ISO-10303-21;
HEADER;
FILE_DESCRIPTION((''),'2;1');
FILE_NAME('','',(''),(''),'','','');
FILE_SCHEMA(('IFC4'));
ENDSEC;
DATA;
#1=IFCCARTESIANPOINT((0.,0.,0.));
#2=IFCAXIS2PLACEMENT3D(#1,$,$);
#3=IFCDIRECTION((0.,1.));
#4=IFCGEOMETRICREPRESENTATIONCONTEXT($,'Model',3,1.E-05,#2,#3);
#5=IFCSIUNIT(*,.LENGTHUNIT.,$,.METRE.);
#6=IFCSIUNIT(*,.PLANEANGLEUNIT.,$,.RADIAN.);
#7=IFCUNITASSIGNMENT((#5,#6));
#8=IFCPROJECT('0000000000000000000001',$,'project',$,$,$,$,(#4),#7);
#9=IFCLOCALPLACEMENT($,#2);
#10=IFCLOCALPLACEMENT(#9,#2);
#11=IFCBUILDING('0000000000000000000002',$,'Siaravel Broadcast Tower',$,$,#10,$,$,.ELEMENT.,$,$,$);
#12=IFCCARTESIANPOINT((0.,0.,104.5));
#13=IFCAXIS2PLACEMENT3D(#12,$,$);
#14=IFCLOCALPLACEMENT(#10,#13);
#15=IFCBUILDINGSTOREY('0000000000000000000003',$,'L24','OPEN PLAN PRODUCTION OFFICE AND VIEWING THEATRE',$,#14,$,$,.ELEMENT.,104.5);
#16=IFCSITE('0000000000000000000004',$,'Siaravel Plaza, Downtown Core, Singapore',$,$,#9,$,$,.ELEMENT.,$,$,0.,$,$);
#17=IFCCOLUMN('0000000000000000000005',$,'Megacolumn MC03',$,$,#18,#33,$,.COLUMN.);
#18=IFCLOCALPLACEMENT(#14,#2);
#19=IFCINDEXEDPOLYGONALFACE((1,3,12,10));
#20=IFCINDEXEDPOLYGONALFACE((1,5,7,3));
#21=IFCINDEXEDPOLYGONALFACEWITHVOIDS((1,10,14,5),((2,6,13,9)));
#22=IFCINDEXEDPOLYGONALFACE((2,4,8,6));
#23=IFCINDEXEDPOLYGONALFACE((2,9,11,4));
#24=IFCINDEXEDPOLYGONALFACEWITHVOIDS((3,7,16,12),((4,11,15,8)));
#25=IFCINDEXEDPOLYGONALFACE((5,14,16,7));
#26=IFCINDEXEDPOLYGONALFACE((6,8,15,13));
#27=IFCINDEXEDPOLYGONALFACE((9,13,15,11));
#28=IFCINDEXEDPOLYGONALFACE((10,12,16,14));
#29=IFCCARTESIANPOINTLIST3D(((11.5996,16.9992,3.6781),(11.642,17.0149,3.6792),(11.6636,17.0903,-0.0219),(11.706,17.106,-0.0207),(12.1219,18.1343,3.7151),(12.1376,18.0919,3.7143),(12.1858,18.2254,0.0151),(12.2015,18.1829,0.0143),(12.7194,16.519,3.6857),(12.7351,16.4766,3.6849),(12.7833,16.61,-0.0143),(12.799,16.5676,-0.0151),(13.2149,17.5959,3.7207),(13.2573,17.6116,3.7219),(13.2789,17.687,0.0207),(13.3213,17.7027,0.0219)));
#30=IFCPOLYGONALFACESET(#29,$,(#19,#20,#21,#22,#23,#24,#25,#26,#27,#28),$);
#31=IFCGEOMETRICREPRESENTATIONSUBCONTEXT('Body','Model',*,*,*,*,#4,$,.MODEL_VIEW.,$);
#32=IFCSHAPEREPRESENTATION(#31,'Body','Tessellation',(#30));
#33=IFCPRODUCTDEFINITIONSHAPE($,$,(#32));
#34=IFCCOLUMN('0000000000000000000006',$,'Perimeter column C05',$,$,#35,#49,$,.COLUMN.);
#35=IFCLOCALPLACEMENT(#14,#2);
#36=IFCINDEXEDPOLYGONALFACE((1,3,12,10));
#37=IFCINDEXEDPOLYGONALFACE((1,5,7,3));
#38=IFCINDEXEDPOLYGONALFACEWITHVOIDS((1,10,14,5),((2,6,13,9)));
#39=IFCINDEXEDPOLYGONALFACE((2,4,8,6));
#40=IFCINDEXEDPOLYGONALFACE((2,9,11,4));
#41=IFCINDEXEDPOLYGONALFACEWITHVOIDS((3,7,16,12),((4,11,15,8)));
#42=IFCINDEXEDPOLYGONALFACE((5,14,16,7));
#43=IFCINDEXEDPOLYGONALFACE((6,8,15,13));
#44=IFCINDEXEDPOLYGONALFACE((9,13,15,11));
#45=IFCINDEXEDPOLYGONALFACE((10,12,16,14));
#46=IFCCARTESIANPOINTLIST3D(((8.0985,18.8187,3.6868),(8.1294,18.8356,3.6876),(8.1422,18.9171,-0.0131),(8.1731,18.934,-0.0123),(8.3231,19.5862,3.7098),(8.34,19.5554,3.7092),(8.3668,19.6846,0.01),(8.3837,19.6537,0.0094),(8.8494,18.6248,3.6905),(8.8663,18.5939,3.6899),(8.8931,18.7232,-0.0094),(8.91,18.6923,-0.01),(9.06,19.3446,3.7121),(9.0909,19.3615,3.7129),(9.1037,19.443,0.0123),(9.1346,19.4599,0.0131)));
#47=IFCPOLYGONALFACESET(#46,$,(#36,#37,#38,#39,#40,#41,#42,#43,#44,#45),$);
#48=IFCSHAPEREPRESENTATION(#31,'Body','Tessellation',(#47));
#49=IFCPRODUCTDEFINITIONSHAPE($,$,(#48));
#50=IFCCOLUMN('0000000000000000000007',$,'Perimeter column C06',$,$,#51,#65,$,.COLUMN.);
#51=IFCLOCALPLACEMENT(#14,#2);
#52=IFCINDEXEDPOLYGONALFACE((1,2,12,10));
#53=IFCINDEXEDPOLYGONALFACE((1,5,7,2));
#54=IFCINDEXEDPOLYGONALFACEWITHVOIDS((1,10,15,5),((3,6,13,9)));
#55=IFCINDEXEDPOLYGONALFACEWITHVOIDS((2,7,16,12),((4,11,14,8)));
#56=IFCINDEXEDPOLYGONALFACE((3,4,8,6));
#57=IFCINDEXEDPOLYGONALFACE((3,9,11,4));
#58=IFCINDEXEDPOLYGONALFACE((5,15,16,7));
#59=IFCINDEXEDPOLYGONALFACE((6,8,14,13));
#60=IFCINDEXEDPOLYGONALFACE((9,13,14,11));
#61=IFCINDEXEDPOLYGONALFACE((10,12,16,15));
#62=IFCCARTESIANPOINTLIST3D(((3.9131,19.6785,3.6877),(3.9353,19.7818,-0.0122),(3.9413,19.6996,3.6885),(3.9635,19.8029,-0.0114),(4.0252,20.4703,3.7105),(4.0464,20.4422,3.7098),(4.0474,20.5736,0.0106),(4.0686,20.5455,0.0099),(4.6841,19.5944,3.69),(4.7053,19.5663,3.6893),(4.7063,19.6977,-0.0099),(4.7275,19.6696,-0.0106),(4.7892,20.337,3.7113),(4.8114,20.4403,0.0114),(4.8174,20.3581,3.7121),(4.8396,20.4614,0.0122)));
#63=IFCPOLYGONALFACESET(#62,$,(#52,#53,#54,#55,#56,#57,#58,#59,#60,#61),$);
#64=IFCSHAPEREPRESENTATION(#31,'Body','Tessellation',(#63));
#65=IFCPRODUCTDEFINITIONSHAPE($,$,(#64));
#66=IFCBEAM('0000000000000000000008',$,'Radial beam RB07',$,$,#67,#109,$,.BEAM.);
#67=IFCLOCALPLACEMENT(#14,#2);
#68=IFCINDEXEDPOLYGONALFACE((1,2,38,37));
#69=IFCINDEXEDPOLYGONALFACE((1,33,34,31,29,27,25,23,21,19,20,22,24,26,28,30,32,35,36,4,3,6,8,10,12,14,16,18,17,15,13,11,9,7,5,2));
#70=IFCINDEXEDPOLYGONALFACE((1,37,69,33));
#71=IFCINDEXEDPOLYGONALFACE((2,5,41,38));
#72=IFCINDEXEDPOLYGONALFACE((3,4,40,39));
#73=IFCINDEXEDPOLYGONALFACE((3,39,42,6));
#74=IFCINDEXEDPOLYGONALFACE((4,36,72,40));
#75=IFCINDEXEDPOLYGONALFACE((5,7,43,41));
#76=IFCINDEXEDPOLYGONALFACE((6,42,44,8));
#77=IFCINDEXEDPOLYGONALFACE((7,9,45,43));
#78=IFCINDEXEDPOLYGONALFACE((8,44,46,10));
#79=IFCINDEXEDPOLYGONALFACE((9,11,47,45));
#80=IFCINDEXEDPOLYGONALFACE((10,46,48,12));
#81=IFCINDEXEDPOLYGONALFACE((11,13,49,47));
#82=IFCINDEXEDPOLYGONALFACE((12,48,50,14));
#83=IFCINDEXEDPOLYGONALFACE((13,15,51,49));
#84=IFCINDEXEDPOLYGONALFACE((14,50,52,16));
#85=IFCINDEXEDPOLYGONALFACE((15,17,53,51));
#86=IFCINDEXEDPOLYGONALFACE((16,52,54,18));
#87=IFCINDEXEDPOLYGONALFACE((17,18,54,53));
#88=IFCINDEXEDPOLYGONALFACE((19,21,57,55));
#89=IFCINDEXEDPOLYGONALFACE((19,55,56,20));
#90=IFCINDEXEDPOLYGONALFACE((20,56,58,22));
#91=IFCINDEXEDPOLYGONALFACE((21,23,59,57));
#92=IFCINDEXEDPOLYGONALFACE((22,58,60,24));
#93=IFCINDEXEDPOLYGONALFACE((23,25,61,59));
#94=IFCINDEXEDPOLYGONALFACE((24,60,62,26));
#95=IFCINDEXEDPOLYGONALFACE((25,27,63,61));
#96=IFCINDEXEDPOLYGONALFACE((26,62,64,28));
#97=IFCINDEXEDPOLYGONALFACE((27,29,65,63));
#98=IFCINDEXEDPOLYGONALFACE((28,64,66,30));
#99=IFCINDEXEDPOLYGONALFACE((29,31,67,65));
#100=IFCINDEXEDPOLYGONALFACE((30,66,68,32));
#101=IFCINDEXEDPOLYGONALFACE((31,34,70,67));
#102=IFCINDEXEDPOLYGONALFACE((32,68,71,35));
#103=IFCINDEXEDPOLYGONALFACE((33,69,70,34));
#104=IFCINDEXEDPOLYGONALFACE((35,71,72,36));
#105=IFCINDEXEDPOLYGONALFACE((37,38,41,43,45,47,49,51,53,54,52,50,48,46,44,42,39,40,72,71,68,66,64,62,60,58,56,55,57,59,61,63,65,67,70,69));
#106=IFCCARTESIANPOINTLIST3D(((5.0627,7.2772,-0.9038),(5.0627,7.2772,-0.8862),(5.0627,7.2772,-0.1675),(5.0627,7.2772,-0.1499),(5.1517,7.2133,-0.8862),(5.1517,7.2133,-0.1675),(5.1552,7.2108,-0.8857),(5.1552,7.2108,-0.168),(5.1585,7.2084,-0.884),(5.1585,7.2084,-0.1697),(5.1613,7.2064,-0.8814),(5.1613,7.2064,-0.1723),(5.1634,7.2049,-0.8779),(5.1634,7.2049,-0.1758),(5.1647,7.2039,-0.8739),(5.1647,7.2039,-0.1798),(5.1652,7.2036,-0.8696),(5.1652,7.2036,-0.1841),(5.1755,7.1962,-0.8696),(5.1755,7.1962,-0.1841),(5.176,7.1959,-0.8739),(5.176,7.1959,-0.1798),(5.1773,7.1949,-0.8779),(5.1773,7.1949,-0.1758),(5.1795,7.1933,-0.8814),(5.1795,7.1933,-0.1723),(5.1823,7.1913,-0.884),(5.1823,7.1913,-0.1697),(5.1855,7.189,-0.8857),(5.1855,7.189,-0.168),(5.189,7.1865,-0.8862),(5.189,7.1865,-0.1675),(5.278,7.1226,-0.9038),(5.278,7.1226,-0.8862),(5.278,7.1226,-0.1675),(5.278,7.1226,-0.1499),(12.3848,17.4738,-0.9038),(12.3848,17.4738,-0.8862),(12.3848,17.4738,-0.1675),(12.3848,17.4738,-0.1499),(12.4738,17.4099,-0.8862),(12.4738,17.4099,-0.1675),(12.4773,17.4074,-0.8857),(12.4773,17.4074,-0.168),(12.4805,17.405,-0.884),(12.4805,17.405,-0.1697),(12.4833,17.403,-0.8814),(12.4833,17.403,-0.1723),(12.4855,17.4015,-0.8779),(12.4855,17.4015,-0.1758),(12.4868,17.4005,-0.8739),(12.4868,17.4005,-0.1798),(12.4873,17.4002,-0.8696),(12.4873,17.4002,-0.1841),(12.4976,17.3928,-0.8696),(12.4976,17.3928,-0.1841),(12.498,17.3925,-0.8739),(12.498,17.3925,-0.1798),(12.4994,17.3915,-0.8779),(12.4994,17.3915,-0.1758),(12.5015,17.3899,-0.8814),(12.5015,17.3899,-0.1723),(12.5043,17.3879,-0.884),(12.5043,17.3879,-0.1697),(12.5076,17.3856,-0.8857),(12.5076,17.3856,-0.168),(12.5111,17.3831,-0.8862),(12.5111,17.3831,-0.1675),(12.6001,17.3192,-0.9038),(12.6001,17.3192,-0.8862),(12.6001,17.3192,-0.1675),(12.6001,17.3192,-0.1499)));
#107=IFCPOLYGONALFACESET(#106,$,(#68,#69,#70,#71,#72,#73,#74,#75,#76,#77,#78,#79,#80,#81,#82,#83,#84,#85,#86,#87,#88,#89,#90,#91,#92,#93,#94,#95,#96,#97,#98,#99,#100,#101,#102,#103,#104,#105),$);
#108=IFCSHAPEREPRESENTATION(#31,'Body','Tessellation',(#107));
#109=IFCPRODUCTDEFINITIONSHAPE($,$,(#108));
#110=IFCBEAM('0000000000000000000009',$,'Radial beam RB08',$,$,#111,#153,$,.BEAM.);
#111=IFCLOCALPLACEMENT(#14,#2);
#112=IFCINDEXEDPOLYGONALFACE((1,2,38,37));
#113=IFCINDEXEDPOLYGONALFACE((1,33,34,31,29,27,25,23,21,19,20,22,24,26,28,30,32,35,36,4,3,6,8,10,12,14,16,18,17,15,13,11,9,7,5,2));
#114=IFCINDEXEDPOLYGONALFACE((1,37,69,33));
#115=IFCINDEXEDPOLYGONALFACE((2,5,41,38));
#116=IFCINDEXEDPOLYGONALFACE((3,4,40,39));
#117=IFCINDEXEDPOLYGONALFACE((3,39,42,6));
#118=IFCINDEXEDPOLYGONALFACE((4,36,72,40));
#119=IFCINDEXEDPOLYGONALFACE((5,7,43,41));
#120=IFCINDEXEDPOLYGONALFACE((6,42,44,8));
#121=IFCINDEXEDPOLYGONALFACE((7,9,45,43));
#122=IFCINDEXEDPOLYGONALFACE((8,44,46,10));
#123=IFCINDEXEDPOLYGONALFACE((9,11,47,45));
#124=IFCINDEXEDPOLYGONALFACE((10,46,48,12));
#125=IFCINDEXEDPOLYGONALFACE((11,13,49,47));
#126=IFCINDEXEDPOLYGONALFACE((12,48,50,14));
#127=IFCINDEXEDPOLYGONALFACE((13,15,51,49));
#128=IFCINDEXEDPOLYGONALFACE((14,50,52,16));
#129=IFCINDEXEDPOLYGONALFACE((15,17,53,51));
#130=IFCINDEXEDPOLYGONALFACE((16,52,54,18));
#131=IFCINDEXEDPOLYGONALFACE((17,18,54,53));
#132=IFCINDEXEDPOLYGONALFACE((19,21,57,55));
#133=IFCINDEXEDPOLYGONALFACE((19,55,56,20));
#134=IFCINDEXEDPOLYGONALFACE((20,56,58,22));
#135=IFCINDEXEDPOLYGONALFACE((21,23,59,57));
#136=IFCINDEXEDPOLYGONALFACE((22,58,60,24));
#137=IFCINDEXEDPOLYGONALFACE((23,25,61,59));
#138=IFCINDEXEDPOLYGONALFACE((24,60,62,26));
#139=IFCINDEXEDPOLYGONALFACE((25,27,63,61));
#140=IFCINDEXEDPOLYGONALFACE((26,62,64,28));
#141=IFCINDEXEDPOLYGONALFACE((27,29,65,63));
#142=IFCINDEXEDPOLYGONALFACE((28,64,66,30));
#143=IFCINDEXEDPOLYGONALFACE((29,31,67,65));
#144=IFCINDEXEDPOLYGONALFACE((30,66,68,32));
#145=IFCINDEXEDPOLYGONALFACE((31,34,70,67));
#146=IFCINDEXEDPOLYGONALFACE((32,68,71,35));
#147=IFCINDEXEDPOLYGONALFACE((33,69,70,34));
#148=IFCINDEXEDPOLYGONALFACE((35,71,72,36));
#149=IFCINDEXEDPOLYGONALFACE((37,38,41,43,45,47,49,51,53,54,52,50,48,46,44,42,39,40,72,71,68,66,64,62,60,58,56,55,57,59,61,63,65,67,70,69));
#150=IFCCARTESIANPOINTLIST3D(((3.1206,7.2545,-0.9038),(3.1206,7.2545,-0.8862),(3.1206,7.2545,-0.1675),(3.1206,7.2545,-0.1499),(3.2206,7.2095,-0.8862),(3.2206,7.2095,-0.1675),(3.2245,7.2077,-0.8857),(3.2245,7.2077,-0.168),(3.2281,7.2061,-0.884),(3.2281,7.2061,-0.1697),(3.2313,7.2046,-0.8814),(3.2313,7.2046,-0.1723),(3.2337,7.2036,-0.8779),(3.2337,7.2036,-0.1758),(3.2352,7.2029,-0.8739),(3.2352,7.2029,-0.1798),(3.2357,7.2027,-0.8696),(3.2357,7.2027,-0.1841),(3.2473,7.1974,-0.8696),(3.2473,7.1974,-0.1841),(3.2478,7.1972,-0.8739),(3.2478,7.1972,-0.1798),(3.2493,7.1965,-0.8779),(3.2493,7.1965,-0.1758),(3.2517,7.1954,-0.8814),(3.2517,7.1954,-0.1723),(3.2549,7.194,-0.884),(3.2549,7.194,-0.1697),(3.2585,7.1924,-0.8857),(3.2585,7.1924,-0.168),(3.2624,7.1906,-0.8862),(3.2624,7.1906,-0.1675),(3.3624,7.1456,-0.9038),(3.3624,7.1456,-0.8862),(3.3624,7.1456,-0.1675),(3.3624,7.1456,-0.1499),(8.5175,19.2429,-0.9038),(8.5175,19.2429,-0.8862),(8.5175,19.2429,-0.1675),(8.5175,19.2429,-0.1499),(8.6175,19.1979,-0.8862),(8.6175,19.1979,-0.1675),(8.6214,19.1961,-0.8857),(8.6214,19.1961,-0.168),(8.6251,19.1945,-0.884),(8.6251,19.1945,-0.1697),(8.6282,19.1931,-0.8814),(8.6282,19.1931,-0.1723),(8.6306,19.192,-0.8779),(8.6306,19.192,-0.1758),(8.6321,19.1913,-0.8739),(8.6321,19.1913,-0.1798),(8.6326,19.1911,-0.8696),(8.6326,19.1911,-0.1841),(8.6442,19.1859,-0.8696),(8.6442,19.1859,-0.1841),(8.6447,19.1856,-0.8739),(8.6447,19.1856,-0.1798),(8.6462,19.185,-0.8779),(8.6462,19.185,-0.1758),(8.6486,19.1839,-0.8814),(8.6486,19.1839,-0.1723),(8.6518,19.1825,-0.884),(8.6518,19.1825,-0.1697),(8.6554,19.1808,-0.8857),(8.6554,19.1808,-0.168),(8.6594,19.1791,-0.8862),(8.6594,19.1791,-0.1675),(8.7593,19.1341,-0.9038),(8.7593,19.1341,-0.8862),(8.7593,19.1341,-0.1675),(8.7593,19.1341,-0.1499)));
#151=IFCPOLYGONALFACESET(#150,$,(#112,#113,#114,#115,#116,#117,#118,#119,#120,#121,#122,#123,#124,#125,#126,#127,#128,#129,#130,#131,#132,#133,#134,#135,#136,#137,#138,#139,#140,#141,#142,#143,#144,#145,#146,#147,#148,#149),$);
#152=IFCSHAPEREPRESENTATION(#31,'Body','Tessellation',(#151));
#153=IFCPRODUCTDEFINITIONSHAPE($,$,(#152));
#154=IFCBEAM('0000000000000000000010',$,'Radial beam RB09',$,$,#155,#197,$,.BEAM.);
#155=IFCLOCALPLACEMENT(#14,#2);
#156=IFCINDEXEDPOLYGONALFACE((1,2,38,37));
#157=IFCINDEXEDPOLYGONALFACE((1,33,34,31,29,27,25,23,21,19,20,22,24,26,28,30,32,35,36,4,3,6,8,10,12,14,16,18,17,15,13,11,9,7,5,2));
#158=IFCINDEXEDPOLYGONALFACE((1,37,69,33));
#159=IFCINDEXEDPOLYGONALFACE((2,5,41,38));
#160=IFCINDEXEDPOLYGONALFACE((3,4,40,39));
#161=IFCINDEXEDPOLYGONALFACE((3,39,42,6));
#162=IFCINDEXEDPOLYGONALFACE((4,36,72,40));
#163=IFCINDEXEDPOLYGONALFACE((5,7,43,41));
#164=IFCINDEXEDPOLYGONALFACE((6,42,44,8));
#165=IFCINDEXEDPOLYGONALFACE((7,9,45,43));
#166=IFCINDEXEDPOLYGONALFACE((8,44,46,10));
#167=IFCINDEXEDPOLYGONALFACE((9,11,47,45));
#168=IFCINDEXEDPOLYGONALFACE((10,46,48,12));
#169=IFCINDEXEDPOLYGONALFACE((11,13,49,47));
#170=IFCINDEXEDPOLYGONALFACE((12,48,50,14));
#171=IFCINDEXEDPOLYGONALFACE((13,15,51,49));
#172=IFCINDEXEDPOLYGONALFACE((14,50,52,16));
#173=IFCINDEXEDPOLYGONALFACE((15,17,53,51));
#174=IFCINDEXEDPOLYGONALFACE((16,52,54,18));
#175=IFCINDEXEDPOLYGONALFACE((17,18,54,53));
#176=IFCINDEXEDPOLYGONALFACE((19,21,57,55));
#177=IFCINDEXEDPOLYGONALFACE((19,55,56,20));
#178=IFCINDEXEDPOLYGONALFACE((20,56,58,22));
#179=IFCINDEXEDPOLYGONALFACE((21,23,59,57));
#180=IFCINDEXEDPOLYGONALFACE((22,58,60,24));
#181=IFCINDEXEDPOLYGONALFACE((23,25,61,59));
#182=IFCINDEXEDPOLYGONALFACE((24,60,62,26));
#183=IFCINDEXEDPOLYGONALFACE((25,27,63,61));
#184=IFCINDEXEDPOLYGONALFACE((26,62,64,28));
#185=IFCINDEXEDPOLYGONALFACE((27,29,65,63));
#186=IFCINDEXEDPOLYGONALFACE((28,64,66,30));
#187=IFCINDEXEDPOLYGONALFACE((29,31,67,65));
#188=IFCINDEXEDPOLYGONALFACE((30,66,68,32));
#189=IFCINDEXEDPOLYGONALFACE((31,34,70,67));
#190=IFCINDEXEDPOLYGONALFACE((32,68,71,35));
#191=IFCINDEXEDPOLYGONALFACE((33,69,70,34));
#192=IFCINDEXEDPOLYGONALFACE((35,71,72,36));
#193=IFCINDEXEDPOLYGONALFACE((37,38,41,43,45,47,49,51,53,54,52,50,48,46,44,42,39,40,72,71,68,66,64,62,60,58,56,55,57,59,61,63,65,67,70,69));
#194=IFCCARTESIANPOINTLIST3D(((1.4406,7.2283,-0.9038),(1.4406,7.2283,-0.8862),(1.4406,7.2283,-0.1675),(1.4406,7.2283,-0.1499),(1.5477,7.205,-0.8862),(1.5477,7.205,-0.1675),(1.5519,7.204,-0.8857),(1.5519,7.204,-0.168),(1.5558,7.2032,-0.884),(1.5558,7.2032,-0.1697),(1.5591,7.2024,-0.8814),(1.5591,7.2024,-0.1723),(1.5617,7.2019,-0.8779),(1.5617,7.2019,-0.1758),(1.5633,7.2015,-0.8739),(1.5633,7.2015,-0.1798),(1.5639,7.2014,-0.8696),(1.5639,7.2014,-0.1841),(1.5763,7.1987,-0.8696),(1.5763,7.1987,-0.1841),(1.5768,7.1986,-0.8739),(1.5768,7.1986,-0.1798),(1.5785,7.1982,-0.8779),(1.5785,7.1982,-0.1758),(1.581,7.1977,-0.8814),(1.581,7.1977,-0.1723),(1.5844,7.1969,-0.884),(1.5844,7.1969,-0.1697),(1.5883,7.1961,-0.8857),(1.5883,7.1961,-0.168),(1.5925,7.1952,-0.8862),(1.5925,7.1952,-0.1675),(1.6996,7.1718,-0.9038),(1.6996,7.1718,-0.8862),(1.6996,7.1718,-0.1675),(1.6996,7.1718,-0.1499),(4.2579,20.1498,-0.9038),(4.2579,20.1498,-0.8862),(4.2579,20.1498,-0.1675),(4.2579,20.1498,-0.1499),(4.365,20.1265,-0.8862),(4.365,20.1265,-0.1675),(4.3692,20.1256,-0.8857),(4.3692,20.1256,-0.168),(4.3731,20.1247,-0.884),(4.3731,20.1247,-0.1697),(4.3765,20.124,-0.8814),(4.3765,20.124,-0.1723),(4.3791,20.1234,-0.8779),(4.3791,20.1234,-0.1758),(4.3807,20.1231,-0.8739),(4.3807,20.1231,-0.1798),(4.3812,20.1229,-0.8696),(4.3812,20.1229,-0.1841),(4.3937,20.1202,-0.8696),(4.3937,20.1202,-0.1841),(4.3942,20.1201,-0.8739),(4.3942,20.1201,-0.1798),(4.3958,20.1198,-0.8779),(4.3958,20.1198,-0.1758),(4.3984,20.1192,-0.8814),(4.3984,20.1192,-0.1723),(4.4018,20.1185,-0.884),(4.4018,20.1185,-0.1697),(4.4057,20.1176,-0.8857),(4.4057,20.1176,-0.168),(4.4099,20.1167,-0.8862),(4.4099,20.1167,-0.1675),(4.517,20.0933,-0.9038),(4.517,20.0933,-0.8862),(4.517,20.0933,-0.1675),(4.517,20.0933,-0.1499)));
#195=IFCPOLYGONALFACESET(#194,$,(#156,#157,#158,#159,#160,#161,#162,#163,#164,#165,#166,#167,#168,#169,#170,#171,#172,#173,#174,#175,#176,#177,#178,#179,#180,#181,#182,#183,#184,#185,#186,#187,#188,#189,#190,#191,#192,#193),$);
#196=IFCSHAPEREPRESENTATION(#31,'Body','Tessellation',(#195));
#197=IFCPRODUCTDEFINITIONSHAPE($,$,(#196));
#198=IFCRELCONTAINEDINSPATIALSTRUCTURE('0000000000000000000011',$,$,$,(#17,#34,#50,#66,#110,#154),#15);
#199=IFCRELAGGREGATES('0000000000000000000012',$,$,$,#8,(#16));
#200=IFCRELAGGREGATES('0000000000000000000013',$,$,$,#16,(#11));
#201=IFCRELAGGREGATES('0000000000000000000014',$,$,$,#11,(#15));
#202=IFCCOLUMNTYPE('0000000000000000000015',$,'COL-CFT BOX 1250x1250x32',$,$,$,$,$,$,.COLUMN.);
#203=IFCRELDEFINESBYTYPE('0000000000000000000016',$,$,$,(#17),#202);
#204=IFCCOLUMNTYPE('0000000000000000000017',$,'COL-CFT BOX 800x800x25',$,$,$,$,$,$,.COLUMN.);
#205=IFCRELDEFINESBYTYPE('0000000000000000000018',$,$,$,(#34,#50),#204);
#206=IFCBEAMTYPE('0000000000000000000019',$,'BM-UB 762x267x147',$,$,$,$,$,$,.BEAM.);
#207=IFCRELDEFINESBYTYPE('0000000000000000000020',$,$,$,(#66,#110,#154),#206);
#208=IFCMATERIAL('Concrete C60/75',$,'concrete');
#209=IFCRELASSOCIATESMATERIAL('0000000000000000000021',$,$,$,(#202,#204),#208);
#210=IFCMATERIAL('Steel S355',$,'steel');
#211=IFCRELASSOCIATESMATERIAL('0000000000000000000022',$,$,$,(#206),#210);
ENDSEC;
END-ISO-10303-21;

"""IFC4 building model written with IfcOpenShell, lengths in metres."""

from ifc_helpers import new_model, si_unit, direction, frame, origin, origin_2d, place, context, subcontext, project, spatial, hollow_rectangle, i_section, extrude, material, material_profile, profile_set, type_object, element, save


model = new_model("IFC4")

# Units and contexts
model_context = context("Model", 3, precision=1e-05, world=origin(), true_north=direction((0.0, 1.0)))
body_context = subcontext(model_context, "Body", "Model", "MODEL_VIEW")
ifc_project = project(units=[si_unit("LENGTHUNIT", "METRE"), si_unit("PLANEANGLEUNIT", "RADIAN")], contexts=[model_context])

# Site, building, storey
site_placement = place(None, origin())
site = spatial("IfcSite", under=ifc_project, at=site_placement, Name="Siaravel Plaza, Downtown Core, Singapore", CompositionType="ELEMENT", RefElevation=0.0)
building_placement = place(site_placement, origin())
building = spatial("IfcBuilding", under=site, at=building_placement, Name="Siaravel Broadcast Tower", CompositionType="ELEMENT")
storey_placement = place(building_placement, frame((0.0, 0.0, 104.5)))
storey = spatial("IfcBuildingStorey", under=building, at=storey_placement, Name="L24", Description="OPEN PLAN PRODUCTION OFFICE AND VIEWING THEATRE", CompositionType="ELEMENT", Elevation=104.5)

# Columns
ifc_material_1 = material(Name="Concrete C60/75", Category="concrete")
ifc_material_profile_1 = material_profile(ifc_material_1, hollow_rectangle(XDim=1.25, YDim=1.25, WallThickness=0.032, at=origin_2d()))
ifc_profile_set_1 = profile_set([ifc_material_profile_1], Name="Concrete C60/75")
column_type_1 = type_object("IfcColumnType", Name="COL-CFT BOX 1250x1250x32", PredefinedType="COLUMN", material=ifc_profile_set_1)
column_placement = place(storey_placement, frame((12.4924, 17.3965, 0.0), z_axis=(-0.01728, -0.024601, 0.999548), x_axis=(0.908369, -0.418135, 0.005413)))
element("IfcColumn", 1, at=column_placement, inside=storey, type_object=column_type_1, Name="Megacolumn MC03", PredefinedType="COLUMN", context=body_context, shape_type="SweptSolid", body=[
    extrude(hollow_rectangle(XDim=1.25, YDim=1.25, WallThickness=0.032, at=origin_2d()), origin(), (0.0, 0.0, 1.0), 3.7017),
])
ifc_material_profile_2 = material_profile(ifc_material_1, hollow_rectangle(XDim=0.8, YDim=0.8, WallThickness=0.0249, at=origin_2d()))
ifc_profile_set_2 = profile_set([ifc_material_profile_2], Name="Concrete C60/75")
column_type_2 = type_object("IfcColumnType", Name="COL-CFT BOX 800x800x25", PredefinedType="COLUMN", material=ifc_profile_set_2)
for number, where, z_axis, x_axis, name in (
    (2, (8.6384, 19.1885, 0.0), (-0.011806, -0.026581, 0.999577), (0.959717, -0.280941, 0.003865), "Perimeter column C05"),
    (3, (4.3875, 20.1216, 0.0), (-0.006002, -0.0279, 0.999593), (0.990118, -0.140221, 0.002031), "Perimeter column C06"),
):
    element("IfcColumn", number, at=place(storey_placement, frame(where, z_axis=z_axis, x_axis=x_axis)), inside=storey, type_object=column_type_2, Name=name, PredefinedType="COLUMN", context=body_context, shape_type="SweptSolid", body=[
        extrude(hollow_rectangle(XDim=0.8, YDim=0.8, WallThickness=0.0249, at=origin_2d()), origin(), (0.0, 0.0, 1.0), 3.7014),
    ])

# Beams
ifc_material_2 = material(Name="Steel S355", Category="steel")
ifc_material_profile_3 = material_profile(ifc_material_2, i_section(OverallWidth=0.2651, OverallDepth=0.7539, WebThickness=0.0127, FlangeThickness=0.0176, FilletRadius=0.0166, at=origin_2d()))
ifc_profile_set_3 = profile_set([ifc_material_profile_3], Name="Steel S355")
beam_type = type_object("IfcBeamType", Name="BM-UB 762x267x147", PredefinedType="BEAM", material=ifc_profile_set_3)
beam_1_placement = place(storey_placement, frame((12.4924, 17.3965, -0.5269), z_axis=(-0.583282, -0.81227, 0.0), x_axis=(0.81227, -0.583282, 0.0)))
element("IfcBeam", 4, at=beam_1_placement, inside=storey, type_object=beam_type, Name="Radial beam RB07", PredefinedType="BEAM", context=body_context, shape_type="SweptSolid", body=[
    extrude(i_section(OverallWidth=0.2651, OverallDepth=0.7539, WebThickness=0.0127, FlangeThickness=0.0176, FilletRadius=0.0166, at=origin_2d()), origin(), (0.0, 0.0, 1.0), 12.5532),
])
beam_2_placement = place(storey_placement, frame((8.6384, 19.1885, -0.5269), z_axis=(-0.4105, -0.911861, 0.0), x_axis=(0.911861, -0.4105, 0.0)))
element("IfcBeam", 5, at=beam_2_placement, inside=storey, type_object=beam_type, Name="Radial beam RB08", PredefinedType="BEAM", context=body_context, shape_type="SweptSolid", body=[
    extrude(i_section(OverallWidth=0.2651, OverallDepth=0.7539, WebThickness=0.0127, FlangeThickness=0.0176, FilletRadius=0.0166, at=origin_2d()), origin(), (0.0, 0.0, 1.0), 13.1472),
])
beam_3_placement = place(storey_placement, frame((4.3875, 20.1216, -0.5269), z_axis=(-0.213031, -0.977045, 0.0), x_axis=(0.977045, -0.213031, 0.0)))
element("IfcBeam", 6, at=beam_3_placement, inside=storey, type_object=beam_type, Name="Radial beam RB09", PredefinedType="BEAM", context=body_context, shape_type="SweptSolid", body=[
    extrude(i_section(OverallWidth=0.2651, OverallDepth=0.7539, WebThickness=0.0127, FlangeThickness=0.0176, FilletRadius=0.0166, at=origin_2d()), origin(), (0.0, 0.0, 1.0), 13.2251),
])

save(model, "model.ifc")
